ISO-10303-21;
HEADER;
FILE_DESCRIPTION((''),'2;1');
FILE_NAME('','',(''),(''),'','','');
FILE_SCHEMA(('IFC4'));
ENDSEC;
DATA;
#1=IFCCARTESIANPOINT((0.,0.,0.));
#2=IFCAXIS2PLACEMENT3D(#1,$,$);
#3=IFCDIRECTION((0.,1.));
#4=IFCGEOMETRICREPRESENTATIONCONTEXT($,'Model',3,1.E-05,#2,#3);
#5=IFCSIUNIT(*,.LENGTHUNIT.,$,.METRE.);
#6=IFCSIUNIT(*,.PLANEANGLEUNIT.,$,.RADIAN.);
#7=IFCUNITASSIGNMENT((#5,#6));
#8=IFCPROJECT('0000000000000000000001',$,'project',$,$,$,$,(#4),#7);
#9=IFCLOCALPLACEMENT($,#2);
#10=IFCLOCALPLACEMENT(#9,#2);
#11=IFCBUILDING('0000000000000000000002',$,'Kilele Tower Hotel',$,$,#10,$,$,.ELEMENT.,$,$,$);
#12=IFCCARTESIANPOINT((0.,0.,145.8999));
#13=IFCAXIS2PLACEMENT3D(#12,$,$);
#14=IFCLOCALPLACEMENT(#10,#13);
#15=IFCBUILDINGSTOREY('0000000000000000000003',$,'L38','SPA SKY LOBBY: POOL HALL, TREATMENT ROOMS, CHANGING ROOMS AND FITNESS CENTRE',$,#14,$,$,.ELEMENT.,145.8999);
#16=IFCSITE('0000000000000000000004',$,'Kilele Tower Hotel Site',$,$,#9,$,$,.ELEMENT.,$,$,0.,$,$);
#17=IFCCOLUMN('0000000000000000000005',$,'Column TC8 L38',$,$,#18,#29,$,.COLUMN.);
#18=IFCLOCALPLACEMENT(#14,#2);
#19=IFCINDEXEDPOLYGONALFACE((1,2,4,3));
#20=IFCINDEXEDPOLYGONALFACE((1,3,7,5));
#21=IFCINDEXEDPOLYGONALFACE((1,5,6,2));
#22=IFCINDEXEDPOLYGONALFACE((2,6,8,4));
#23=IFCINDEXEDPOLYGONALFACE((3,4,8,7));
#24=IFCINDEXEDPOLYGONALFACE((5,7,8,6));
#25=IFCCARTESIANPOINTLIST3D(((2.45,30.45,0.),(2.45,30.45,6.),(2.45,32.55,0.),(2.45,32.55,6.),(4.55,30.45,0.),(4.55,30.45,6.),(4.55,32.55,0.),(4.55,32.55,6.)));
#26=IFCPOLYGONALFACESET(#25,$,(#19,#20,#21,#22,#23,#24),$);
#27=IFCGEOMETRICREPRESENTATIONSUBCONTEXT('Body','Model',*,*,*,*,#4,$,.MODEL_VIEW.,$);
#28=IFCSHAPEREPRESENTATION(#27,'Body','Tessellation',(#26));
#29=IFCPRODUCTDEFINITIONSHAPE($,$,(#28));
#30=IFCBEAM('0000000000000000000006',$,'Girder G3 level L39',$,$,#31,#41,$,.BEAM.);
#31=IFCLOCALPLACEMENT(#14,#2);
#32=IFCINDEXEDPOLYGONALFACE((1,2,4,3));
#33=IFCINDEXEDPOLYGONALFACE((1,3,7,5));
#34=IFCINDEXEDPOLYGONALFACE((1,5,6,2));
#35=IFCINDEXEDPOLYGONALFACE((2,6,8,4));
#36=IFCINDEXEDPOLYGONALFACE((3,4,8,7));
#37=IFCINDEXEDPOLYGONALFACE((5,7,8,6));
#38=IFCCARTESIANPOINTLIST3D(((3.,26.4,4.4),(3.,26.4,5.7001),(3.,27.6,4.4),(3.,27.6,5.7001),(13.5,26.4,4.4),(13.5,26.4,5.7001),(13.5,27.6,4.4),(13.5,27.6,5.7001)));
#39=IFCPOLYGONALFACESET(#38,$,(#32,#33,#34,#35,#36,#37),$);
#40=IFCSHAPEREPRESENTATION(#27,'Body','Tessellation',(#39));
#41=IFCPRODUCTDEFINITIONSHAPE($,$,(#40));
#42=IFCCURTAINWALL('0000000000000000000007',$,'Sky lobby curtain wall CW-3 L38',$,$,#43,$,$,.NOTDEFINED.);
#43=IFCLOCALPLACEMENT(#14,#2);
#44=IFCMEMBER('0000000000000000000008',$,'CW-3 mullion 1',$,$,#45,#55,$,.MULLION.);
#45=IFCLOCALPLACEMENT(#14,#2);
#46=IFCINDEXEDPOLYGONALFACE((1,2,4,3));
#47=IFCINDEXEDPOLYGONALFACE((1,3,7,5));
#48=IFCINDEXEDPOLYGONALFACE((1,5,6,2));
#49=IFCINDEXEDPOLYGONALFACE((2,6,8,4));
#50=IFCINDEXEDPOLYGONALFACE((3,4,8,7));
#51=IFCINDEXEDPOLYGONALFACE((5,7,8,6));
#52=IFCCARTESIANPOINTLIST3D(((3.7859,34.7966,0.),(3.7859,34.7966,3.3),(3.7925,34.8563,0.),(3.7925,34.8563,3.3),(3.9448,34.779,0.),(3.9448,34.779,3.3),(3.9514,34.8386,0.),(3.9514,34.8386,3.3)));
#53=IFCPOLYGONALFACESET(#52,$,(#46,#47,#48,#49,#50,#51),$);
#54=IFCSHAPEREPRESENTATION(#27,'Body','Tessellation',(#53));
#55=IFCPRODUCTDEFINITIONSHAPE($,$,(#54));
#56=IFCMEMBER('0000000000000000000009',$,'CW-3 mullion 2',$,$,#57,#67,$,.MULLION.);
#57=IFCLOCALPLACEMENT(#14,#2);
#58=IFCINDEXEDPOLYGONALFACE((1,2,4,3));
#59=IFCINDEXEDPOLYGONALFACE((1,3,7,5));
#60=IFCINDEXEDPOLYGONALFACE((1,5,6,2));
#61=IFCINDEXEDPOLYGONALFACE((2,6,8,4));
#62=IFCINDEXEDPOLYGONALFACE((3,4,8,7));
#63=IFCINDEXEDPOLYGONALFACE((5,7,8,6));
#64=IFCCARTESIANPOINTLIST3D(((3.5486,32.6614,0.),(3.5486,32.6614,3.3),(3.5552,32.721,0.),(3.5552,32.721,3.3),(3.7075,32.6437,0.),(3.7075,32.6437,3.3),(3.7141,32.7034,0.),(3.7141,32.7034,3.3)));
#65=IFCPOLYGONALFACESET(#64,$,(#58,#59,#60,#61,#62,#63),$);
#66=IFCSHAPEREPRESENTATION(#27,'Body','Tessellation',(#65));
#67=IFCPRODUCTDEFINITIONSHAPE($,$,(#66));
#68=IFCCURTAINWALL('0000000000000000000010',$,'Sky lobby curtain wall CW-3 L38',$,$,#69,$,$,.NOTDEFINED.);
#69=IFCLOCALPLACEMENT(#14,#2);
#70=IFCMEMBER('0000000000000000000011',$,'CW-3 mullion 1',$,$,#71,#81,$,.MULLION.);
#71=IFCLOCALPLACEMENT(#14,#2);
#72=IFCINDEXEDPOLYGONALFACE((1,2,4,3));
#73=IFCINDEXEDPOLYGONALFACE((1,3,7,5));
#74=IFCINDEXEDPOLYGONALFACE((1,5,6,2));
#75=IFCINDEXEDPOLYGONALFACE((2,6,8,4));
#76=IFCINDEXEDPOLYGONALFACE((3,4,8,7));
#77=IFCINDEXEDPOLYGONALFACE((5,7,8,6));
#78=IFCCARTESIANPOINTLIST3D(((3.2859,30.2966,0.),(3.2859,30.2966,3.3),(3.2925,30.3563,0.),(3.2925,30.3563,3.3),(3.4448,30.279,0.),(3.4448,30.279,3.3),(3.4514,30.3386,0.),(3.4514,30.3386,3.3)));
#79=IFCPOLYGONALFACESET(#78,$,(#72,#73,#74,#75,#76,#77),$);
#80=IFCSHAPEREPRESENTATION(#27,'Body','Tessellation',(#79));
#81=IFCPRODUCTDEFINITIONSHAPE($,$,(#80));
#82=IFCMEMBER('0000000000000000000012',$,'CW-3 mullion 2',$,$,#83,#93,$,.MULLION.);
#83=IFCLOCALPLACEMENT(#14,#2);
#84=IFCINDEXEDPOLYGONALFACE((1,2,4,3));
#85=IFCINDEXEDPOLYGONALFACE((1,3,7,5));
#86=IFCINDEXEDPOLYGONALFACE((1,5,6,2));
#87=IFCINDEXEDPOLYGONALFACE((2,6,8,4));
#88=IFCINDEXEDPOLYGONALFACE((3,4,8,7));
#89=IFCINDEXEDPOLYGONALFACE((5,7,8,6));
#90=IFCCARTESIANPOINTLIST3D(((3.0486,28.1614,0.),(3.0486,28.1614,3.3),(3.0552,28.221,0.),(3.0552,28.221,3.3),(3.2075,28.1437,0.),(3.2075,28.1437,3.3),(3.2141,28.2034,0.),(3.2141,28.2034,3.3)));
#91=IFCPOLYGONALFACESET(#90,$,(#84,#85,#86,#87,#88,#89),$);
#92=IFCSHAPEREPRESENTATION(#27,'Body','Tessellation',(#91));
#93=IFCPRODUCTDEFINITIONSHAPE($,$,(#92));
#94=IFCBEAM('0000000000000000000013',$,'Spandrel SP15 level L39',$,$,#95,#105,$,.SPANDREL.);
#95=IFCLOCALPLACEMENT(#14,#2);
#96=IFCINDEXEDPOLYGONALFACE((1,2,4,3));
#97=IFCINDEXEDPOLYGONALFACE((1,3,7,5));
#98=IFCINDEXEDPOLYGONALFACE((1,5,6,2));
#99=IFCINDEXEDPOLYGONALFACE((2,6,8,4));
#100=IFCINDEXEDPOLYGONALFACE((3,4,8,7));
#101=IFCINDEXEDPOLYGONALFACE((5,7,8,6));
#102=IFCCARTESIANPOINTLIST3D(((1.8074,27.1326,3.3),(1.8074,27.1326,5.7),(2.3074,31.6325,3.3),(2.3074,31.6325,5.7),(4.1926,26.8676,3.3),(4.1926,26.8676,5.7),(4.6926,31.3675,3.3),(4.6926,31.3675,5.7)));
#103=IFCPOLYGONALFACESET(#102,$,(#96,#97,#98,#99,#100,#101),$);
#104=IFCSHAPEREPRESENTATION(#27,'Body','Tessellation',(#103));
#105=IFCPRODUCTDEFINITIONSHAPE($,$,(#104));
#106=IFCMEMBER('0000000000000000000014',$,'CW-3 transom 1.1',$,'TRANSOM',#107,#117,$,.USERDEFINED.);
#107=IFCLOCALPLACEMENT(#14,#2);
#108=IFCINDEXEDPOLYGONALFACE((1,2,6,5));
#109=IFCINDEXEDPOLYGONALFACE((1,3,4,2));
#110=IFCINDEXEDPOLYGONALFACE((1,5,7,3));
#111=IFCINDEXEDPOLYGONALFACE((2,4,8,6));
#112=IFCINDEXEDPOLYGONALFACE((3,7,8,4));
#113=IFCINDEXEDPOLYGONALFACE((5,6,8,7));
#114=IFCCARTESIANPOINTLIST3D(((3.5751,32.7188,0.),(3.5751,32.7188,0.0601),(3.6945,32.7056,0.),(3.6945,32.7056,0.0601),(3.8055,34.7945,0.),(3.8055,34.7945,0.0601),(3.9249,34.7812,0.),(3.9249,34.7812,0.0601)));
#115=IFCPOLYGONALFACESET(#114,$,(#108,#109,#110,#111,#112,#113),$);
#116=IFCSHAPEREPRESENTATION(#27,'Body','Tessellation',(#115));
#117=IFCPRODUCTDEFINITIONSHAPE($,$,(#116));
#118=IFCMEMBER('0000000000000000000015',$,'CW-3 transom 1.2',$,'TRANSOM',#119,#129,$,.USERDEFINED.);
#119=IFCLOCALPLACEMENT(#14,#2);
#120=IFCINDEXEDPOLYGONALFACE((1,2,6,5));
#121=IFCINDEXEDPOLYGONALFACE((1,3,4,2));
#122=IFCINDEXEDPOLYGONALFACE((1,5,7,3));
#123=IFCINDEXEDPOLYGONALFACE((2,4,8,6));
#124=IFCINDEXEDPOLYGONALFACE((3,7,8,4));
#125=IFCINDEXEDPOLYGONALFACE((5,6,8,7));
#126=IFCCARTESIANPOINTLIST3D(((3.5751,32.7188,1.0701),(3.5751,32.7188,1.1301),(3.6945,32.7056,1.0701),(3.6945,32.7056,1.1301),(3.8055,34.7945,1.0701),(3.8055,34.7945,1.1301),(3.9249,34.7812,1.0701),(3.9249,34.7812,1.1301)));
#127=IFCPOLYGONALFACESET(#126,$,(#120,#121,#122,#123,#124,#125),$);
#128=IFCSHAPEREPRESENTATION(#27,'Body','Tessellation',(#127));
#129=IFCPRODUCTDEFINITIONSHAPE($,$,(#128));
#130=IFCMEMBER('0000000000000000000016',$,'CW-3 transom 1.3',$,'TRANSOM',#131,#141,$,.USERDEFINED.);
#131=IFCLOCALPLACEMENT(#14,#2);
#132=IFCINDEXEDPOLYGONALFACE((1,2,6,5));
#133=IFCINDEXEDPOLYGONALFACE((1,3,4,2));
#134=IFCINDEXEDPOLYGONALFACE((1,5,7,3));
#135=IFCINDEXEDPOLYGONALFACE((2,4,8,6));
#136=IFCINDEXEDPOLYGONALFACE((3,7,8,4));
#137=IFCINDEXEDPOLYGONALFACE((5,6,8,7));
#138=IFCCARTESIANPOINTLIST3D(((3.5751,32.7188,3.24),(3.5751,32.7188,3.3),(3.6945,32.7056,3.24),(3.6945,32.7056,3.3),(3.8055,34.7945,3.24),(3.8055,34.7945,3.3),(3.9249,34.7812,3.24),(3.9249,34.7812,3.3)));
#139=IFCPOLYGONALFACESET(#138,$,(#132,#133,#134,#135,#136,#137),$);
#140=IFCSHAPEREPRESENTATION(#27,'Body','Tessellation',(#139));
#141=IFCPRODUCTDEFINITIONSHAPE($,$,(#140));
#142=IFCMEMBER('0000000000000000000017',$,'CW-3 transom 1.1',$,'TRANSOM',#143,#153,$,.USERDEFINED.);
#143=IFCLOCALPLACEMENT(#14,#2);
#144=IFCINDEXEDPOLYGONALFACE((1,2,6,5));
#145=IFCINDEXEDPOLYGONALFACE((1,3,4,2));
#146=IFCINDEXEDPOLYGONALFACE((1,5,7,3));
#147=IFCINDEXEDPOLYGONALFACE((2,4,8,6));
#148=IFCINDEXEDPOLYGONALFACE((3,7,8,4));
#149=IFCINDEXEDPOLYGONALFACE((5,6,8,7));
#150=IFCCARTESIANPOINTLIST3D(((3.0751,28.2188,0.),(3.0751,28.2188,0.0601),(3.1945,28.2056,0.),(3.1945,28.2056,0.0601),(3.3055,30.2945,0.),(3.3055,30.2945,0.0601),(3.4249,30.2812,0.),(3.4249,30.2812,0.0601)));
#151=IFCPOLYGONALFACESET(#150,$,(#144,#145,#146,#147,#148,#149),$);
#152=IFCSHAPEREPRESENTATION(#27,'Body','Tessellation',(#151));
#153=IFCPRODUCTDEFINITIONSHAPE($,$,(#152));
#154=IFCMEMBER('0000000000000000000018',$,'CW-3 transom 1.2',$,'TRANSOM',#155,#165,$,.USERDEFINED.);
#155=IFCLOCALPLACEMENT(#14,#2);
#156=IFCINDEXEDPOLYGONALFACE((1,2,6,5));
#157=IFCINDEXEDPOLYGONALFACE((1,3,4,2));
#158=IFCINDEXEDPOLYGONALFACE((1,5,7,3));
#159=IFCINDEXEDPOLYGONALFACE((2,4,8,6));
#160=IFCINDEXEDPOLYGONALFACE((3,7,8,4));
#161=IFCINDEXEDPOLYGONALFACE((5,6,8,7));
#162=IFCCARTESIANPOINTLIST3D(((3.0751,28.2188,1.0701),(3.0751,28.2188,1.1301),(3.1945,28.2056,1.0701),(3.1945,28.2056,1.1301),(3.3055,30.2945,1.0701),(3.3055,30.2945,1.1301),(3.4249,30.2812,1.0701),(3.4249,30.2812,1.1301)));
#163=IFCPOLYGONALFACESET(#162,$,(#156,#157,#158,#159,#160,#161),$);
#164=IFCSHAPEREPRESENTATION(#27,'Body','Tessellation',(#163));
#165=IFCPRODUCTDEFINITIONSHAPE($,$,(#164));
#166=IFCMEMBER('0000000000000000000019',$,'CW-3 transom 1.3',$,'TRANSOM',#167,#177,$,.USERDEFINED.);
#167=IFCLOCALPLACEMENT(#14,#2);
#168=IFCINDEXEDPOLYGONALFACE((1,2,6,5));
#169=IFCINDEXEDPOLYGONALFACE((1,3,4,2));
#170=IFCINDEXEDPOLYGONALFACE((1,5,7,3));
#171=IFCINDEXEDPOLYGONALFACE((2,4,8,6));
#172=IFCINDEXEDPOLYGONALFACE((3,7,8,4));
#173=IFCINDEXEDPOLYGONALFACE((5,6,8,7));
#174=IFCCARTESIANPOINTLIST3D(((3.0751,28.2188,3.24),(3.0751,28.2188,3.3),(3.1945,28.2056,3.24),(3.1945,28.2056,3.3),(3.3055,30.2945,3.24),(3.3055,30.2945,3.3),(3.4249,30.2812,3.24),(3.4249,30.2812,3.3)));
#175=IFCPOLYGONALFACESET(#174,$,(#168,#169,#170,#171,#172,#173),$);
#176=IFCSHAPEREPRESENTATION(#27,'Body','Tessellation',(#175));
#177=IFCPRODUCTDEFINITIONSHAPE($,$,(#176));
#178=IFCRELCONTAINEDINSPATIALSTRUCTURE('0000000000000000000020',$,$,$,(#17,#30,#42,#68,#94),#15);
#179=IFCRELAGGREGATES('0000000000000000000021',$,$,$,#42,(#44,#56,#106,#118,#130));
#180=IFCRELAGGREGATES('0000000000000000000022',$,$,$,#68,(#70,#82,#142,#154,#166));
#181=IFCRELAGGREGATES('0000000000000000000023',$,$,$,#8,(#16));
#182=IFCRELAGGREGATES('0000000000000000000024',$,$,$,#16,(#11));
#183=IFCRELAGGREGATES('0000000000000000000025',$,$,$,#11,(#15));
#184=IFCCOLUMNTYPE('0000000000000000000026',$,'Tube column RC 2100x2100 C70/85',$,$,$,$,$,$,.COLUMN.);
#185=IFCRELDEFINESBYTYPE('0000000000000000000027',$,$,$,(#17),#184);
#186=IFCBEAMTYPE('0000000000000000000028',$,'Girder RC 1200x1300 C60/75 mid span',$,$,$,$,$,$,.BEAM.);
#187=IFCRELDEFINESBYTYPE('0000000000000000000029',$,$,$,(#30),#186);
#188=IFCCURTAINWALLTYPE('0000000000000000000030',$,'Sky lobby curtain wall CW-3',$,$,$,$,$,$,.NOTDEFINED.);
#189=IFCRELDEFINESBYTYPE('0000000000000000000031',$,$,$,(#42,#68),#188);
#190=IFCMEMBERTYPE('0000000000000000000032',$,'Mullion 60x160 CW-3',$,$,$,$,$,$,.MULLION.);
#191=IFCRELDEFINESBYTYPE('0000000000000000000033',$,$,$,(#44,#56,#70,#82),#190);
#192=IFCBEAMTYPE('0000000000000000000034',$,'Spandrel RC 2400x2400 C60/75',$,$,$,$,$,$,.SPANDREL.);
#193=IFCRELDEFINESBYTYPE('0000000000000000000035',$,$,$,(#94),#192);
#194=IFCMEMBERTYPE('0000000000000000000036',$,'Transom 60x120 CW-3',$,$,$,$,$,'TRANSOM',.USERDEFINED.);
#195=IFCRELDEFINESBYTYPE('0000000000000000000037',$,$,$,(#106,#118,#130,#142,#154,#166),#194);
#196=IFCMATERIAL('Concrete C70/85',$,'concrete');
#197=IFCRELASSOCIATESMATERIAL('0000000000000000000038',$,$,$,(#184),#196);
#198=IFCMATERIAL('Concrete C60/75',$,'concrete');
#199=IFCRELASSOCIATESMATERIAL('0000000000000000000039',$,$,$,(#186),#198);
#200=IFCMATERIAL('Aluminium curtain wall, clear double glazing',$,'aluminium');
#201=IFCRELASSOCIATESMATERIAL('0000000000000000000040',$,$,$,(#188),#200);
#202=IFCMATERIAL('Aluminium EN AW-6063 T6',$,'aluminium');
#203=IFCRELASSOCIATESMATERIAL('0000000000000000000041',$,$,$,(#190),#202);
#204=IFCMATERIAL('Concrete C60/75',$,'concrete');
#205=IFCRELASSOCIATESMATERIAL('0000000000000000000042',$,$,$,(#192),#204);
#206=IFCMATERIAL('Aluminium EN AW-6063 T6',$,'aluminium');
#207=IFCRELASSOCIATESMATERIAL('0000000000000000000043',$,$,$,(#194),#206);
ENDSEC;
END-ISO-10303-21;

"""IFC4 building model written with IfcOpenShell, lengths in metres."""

from ifc_helpers import new_model, si_unit, direction, frame, origin, origin_2d, place, context, subcontext, project, spatial, rectangle, extrude, material, material_profile, profile_set, type_object, element, aggregate, save


model = new_model("IFC4")

# Units and contexts
model_context = context("Model", 3, precision=1e-05, world=origin(), true_north=direction((0.0, 1.0)))
body_context = subcontext(model_context, "Body", "Model", "MODEL_VIEW")
ifc_project = project(units=[si_unit("LENGTHUNIT", "METRE"), si_unit("PLANEANGLEUNIT", "RADIAN")], contexts=[model_context])

# Site, building, storey
site_placement = place(None, origin())
site = spatial("IfcSite", under=ifc_project, at=site_placement, Name="Kilele Tower Hotel Site", CompositionType="ELEMENT", RefElevation=0.0)
building_placement = place(site_placement, origin())
building = spatial("IfcBuilding", under=site, at=building_placement, Name="Kilele Tower Hotel", CompositionType="ELEMENT")
storey_placement = place(building_placement, frame((0.0, 0.0, 145.8999)))
storey = spatial("IfcBuildingStorey", under=building, at=storey_placement, Name="L38", Description="SPA SKY LOBBY: POOL HALL, TREATMENT ROOMS, CHANGING ROOMS AND FITNESS CENTRE", CompositionType="ELEMENT", Elevation=145.8999)

# Column
ifc_material_1 = material(Name="Concrete C70/85", Category="concrete")
ifc_material_profile_1 = material_profile(ifc_material_1, rectangle(XDim=2.1001, YDim=2.1001, at=origin_2d()))
ifc_profile_set_1 = profile_set([ifc_material_profile_1], Name="Concrete C70/85")
column_type = type_object("IfcColumnType", Name="Tube column RC 2100x2100 C70/85", PredefinedType="COLUMN", material=ifc_profile_set_1)
column_placement = place(storey_placement, frame((3.5, 31.5, 0.0), z_axis=(0.0, 0.0, 1.0), x_axis=(1.0, 0.0, 0.0)))
element("IfcColumn", 1, at=column_placement, inside=storey, type_object=column_type, Name="Column TC8 L38", PredefinedType="COLUMN", context=body_context, shape_type="SweptSolid", body=[
    extrude(rectangle(XDim=2.1001, YDim=2.1001, at=origin_2d()), origin(), (0.0, 0.0, 1.0), 6.0),
])

# Beam
ifc_material_2 = material(Name="Concrete C60/75", Category="concrete")
ifc_material_profile_2 = material_profile(ifc_material_2, rectangle(XDim=1.2, YDim=1.3, at=origin_2d()))
ifc_profile_set_2 = profile_set([ifc_material_profile_2], Name="Concrete C60/75")
beam_type_1 = type_object("IfcBeamType", Name="Girder RC 1200x1300 C60/75 mid span", PredefinedType="BEAM", material=ifc_profile_set_2)
beam_1_placement = place(storey_placement, frame((3.0, 27.0, 5.05), z_axis=(1.0, 0.0, 0.0), x_axis=(0.0, 1.0, 0.0)))
element("IfcBeam", 2, at=beam_1_placement, inside=storey, type_object=beam_type_1, Name="Girder G3 level L39", PredefinedType="BEAM", context=body_context, shape_type="SweptSolid", body=[
    extrude(rectangle(XDim=1.2, YDim=1.3, at=origin_2d()), origin(), (0.0, 0.0, 1.0), 10.5),
])

# Curtain walls, members
ifc_material_3 = material(Name="Aluminium curtain wall, clear double glazing", Category="aluminium")
curtain_wall_type = type_object("IfcCurtainWallType", Name="Sky lobby curtain wall CW-3", PredefinedType="NOTDEFINED", material=ifc_material_3)
curtain_wall_1_placement = place(storey_placement, origin())
curtain_wall_1 = element("IfcCurtainWall", 3, at=curtain_wall_1_placement, inside=storey, type_object=curtain_wall_type, Name="Sky lobby curtain wall CW-3 L38", PredefinedType="NOTDEFINED")
ifc_material_4 = material(Name="Aluminium EN AW-6063 T6", Category="aluminium")
ifc_material_profile_3 = material_profile(ifc_material_4, rectangle(XDim=0.1599, YDim=0.0601, at=origin_2d()))
ifc_profile_set_3 = profile_set([ifc_material_profile_3], Name="Aluminium EN AW-6063 T6")
member_type_1 = type_object("IfcMemberType", Name="Mullion 60x160 CW-3", PredefinedType="MULLION", material=ifc_profile_set_3)
member_1_placement = place(storey_placement, frame((3.8687, 34.8176, 0.0), z_axis=(0.0, 0.0, 1.0), x_axis=(0.993884, -0.110432, 0.0)))
member_1 = element("IfcMember", 4, at=member_1_placement, type_object=member_type_1, Name="CW-3 mullion 1", PredefinedType="MULLION", context=body_context, shape_type="SweptSolid", body=[
    extrude(rectangle(XDim=0.1599, YDim=0.0601, at=origin_2d()), origin(), (0.0, 0.0, 1.0), 3.3),
])
member_2_placement = place(storey_placement, frame((3.6313, 32.6824, 0.0), z_axis=(0.0, 0.0, 1.0), x_axis=(0.993884, -0.110432, 0.0)))
member_2 = element("IfcMember", 5, at=member_2_placement, type_object=member_type_1, Name="CW-3 mullion 2", PredefinedType="MULLION", context=body_context, shape_type="SweptSolid", body=[
    extrude(rectangle(XDim=0.1599, YDim=0.0601, at=origin_2d()), origin(), (0.0, 0.0, 1.0), 3.3),
])
curtain_wall_2_placement = place(storey_placement, origin())
curtain_wall_2 = element("IfcCurtainWall", 6, at=curtain_wall_2_placement, inside=storey, type_object=curtain_wall_type, Name="Sky lobby curtain wall CW-3 L38", PredefinedType="NOTDEFINED")
member_3_placement = place(storey_placement, frame((3.3687, 30.3176, 0.0), z_axis=(0.0, 0.0, 1.0), x_axis=(0.993884, -0.110432, 0.0)))
member_3 = element("IfcMember", 7, at=member_3_placement, type_object=member_type_1, Name="CW-3 mullion 1", PredefinedType="MULLION", context=body_context, shape_type="SweptSolid", body=[
    extrude(rectangle(XDim=0.1599, YDim=0.0601, at=origin_2d()), origin(), (0.0, 0.0, 1.0), 3.3),
])
member_4_placement = place(storey_placement, frame((3.1313, 28.1824, 0.0), z_axis=(0.0, 0.0, 1.0), x_axis=(0.993884, -0.110432, 0.0)))
member_4 = element("IfcMember", 8, at=member_4_placement, type_object=member_type_1, Name="CW-3 mullion 2", PredefinedType="MULLION", context=body_context, shape_type="SweptSolid", body=[
    extrude(rectangle(XDim=0.1599, YDim=0.0601, at=origin_2d()), origin(), (0.0, 0.0, 1.0), 3.3),
])

# Beam
ifc_material_5 = material(Name="Concrete C60/75", Category="concrete")
ifc_material_profile_4 = material_profile(ifc_material_5, rectangle(XDim=2.3999, YDim=2.3999, at=origin_2d()))
ifc_profile_set_4 = profile_set([ifc_material_profile_4], Name="Concrete C60/75")
beam_type_2 = type_object("IfcBeamType", Name="Spandrel RC 2400x2400 C60/75", PredefinedType="SPANDREL", material=ifc_profile_set_4)
beam_2_placement = place(storey_placement, frame((3.5, 31.5, 4.5), z_axis=(-0.110432, -0.993884, 0.0), x_axis=(0.993884, -0.110432, 0.0)))
element("IfcBeam", 9, at=beam_2_placement, inside=storey, type_object=beam_type_2, Name="Spandrel SP15 level L39", PredefinedType="SPANDREL", context=body_context, shape_type="SweptSolid", body=[
    extrude(rectangle(XDim=2.3999, YDim=2.3999, at=origin_2d()), origin(), (0.0, 0.0, 1.0), 4.5276),
])

# Members
ifc_material_6 = material(Name="Aluminium EN AW-6063 T6", Category="aluminium")
ifc_material_profile_5 = material_profile(ifc_material_6, rectangle(XDim=0.1201, YDim=0.0601, at=origin_2d()))
ifc_profile_set_5 = profile_set([ifc_material_profile_5], Name="Aluminium EN AW-6063 T6")
member_type_2 = type_object("IfcMemberType", Name="Transom 60x120 CW-3", ElementType="TRANSOM", PredefinedType="USERDEFINED", material=ifc_profile_set_5)
member_5_placement = place(storey_placement, frame((3.8652, 34.7878, 0.03), z_axis=(-0.110355, -0.993892, 0.0), x_axis=(0.993892, -0.110355, 0.0)))
member_5 = element("IfcMember", 10, at=member_5_placement, type_object=member_type_2, Name="CW-3 transom 1.1", ObjectType="TRANSOM", PredefinedType="USERDEFINED", context=body_context, shape_type="SweptSolid", body=[
    extrude(rectangle(XDim=0.1201, YDim=0.0601, at=origin_2d()), origin(), (0.0, 0.0, 1.0), 2.0884),
])
member_6_placement = place(storey_placement, frame((3.8652, 34.7878, 1.1001), z_axis=(-0.110355, -0.993892, 0.0), x_axis=(0.993892, -0.110355, 0.0)))
member_6 = element("IfcMember", 11, at=member_6_placement, type_object=member_type_2, Name="CW-3 transom 1.2", ObjectType="TRANSOM", PredefinedType="USERDEFINED", context=body_context, shape_type="SweptSolid", body=[
    extrude(rectangle(XDim=0.1201, YDim=0.0601, at=origin_2d()), origin(), (0.0, 0.0, 1.0), 2.0884),
])
member_7_placement = place(storey_placement, frame((3.8652, 34.7878, 3.27), z_axis=(-0.110355, -0.993892, 0.0), x_axis=(0.993892, -0.110355, 0.0)))
member_7 = element("IfcMember", 12, at=member_7_placement, type_object=member_type_2, Name="CW-3 transom 1.3", ObjectType="TRANSOM", PredefinedType="USERDEFINED", context=body_context, shape_type="SweptSolid", body=[
    extrude(rectangle(XDim=0.1201, YDim=0.0601, at=origin_2d()), origin(), (0.0, 0.0, 1.0), 2.0884),
])
member_8_placement = place(storey_placement, frame((3.3652, 30.2878, 0.03), z_axis=(-0.110355, -0.993892, 0.0), x_axis=(0.993892, -0.110355, 0.0)))
member_8 = element("IfcMember", 13, at=member_8_placement, type_object=member_type_2, Name="CW-3 transom 1.1", ObjectType="TRANSOM", PredefinedType="USERDEFINED", context=body_context, shape_type="SweptSolid", body=[
    extrude(rectangle(XDim=0.1201, YDim=0.0601, at=origin_2d()), origin(), (0.0, 0.0, 1.0), 2.0884),
])
member_9_placement = place(storey_placement, frame((3.3652, 30.2878, 1.1001), z_axis=(-0.110355, -0.993892, 0.0), x_axis=(0.993892, -0.110355, 0.0)))
member_9 = element("IfcMember", 14, at=member_9_placement, type_object=member_type_2, Name="CW-3 transom 1.2", ObjectType="TRANSOM", PredefinedType="USERDEFINED", context=body_context, shape_type="SweptSolid", body=[
    extrude(rectangle(XDim=0.1201, YDim=0.0601, at=origin_2d()), origin(), (0.0, 0.0, 1.0), 2.0884),
])
member_10_placement = place(storey_placement, frame((3.3652, 30.2878, 3.27), z_axis=(-0.110355, -0.993892, 0.0), x_axis=(0.993892, -0.110355, 0.0)))
member_10 = element("IfcMember", 15, at=member_10_placement, type_object=member_type_2, Name="CW-3 transom 1.3", ObjectType="TRANSOM", PredefinedType="USERDEFINED", context=body_context, shape_type="SweptSolid", body=[
    extrude(rectangle(XDim=0.1201, YDim=0.0601, at=origin_2d()), origin(), (0.0, 0.0, 1.0), 2.0884),
])

aggregate(curtain_wall_1, [member_1, member_2, member_5, member_6, member_7])
aggregate(curtain_wall_2, [member_3, member_4, member_8, member_9, member_10])

save(model, "model.ifc")
